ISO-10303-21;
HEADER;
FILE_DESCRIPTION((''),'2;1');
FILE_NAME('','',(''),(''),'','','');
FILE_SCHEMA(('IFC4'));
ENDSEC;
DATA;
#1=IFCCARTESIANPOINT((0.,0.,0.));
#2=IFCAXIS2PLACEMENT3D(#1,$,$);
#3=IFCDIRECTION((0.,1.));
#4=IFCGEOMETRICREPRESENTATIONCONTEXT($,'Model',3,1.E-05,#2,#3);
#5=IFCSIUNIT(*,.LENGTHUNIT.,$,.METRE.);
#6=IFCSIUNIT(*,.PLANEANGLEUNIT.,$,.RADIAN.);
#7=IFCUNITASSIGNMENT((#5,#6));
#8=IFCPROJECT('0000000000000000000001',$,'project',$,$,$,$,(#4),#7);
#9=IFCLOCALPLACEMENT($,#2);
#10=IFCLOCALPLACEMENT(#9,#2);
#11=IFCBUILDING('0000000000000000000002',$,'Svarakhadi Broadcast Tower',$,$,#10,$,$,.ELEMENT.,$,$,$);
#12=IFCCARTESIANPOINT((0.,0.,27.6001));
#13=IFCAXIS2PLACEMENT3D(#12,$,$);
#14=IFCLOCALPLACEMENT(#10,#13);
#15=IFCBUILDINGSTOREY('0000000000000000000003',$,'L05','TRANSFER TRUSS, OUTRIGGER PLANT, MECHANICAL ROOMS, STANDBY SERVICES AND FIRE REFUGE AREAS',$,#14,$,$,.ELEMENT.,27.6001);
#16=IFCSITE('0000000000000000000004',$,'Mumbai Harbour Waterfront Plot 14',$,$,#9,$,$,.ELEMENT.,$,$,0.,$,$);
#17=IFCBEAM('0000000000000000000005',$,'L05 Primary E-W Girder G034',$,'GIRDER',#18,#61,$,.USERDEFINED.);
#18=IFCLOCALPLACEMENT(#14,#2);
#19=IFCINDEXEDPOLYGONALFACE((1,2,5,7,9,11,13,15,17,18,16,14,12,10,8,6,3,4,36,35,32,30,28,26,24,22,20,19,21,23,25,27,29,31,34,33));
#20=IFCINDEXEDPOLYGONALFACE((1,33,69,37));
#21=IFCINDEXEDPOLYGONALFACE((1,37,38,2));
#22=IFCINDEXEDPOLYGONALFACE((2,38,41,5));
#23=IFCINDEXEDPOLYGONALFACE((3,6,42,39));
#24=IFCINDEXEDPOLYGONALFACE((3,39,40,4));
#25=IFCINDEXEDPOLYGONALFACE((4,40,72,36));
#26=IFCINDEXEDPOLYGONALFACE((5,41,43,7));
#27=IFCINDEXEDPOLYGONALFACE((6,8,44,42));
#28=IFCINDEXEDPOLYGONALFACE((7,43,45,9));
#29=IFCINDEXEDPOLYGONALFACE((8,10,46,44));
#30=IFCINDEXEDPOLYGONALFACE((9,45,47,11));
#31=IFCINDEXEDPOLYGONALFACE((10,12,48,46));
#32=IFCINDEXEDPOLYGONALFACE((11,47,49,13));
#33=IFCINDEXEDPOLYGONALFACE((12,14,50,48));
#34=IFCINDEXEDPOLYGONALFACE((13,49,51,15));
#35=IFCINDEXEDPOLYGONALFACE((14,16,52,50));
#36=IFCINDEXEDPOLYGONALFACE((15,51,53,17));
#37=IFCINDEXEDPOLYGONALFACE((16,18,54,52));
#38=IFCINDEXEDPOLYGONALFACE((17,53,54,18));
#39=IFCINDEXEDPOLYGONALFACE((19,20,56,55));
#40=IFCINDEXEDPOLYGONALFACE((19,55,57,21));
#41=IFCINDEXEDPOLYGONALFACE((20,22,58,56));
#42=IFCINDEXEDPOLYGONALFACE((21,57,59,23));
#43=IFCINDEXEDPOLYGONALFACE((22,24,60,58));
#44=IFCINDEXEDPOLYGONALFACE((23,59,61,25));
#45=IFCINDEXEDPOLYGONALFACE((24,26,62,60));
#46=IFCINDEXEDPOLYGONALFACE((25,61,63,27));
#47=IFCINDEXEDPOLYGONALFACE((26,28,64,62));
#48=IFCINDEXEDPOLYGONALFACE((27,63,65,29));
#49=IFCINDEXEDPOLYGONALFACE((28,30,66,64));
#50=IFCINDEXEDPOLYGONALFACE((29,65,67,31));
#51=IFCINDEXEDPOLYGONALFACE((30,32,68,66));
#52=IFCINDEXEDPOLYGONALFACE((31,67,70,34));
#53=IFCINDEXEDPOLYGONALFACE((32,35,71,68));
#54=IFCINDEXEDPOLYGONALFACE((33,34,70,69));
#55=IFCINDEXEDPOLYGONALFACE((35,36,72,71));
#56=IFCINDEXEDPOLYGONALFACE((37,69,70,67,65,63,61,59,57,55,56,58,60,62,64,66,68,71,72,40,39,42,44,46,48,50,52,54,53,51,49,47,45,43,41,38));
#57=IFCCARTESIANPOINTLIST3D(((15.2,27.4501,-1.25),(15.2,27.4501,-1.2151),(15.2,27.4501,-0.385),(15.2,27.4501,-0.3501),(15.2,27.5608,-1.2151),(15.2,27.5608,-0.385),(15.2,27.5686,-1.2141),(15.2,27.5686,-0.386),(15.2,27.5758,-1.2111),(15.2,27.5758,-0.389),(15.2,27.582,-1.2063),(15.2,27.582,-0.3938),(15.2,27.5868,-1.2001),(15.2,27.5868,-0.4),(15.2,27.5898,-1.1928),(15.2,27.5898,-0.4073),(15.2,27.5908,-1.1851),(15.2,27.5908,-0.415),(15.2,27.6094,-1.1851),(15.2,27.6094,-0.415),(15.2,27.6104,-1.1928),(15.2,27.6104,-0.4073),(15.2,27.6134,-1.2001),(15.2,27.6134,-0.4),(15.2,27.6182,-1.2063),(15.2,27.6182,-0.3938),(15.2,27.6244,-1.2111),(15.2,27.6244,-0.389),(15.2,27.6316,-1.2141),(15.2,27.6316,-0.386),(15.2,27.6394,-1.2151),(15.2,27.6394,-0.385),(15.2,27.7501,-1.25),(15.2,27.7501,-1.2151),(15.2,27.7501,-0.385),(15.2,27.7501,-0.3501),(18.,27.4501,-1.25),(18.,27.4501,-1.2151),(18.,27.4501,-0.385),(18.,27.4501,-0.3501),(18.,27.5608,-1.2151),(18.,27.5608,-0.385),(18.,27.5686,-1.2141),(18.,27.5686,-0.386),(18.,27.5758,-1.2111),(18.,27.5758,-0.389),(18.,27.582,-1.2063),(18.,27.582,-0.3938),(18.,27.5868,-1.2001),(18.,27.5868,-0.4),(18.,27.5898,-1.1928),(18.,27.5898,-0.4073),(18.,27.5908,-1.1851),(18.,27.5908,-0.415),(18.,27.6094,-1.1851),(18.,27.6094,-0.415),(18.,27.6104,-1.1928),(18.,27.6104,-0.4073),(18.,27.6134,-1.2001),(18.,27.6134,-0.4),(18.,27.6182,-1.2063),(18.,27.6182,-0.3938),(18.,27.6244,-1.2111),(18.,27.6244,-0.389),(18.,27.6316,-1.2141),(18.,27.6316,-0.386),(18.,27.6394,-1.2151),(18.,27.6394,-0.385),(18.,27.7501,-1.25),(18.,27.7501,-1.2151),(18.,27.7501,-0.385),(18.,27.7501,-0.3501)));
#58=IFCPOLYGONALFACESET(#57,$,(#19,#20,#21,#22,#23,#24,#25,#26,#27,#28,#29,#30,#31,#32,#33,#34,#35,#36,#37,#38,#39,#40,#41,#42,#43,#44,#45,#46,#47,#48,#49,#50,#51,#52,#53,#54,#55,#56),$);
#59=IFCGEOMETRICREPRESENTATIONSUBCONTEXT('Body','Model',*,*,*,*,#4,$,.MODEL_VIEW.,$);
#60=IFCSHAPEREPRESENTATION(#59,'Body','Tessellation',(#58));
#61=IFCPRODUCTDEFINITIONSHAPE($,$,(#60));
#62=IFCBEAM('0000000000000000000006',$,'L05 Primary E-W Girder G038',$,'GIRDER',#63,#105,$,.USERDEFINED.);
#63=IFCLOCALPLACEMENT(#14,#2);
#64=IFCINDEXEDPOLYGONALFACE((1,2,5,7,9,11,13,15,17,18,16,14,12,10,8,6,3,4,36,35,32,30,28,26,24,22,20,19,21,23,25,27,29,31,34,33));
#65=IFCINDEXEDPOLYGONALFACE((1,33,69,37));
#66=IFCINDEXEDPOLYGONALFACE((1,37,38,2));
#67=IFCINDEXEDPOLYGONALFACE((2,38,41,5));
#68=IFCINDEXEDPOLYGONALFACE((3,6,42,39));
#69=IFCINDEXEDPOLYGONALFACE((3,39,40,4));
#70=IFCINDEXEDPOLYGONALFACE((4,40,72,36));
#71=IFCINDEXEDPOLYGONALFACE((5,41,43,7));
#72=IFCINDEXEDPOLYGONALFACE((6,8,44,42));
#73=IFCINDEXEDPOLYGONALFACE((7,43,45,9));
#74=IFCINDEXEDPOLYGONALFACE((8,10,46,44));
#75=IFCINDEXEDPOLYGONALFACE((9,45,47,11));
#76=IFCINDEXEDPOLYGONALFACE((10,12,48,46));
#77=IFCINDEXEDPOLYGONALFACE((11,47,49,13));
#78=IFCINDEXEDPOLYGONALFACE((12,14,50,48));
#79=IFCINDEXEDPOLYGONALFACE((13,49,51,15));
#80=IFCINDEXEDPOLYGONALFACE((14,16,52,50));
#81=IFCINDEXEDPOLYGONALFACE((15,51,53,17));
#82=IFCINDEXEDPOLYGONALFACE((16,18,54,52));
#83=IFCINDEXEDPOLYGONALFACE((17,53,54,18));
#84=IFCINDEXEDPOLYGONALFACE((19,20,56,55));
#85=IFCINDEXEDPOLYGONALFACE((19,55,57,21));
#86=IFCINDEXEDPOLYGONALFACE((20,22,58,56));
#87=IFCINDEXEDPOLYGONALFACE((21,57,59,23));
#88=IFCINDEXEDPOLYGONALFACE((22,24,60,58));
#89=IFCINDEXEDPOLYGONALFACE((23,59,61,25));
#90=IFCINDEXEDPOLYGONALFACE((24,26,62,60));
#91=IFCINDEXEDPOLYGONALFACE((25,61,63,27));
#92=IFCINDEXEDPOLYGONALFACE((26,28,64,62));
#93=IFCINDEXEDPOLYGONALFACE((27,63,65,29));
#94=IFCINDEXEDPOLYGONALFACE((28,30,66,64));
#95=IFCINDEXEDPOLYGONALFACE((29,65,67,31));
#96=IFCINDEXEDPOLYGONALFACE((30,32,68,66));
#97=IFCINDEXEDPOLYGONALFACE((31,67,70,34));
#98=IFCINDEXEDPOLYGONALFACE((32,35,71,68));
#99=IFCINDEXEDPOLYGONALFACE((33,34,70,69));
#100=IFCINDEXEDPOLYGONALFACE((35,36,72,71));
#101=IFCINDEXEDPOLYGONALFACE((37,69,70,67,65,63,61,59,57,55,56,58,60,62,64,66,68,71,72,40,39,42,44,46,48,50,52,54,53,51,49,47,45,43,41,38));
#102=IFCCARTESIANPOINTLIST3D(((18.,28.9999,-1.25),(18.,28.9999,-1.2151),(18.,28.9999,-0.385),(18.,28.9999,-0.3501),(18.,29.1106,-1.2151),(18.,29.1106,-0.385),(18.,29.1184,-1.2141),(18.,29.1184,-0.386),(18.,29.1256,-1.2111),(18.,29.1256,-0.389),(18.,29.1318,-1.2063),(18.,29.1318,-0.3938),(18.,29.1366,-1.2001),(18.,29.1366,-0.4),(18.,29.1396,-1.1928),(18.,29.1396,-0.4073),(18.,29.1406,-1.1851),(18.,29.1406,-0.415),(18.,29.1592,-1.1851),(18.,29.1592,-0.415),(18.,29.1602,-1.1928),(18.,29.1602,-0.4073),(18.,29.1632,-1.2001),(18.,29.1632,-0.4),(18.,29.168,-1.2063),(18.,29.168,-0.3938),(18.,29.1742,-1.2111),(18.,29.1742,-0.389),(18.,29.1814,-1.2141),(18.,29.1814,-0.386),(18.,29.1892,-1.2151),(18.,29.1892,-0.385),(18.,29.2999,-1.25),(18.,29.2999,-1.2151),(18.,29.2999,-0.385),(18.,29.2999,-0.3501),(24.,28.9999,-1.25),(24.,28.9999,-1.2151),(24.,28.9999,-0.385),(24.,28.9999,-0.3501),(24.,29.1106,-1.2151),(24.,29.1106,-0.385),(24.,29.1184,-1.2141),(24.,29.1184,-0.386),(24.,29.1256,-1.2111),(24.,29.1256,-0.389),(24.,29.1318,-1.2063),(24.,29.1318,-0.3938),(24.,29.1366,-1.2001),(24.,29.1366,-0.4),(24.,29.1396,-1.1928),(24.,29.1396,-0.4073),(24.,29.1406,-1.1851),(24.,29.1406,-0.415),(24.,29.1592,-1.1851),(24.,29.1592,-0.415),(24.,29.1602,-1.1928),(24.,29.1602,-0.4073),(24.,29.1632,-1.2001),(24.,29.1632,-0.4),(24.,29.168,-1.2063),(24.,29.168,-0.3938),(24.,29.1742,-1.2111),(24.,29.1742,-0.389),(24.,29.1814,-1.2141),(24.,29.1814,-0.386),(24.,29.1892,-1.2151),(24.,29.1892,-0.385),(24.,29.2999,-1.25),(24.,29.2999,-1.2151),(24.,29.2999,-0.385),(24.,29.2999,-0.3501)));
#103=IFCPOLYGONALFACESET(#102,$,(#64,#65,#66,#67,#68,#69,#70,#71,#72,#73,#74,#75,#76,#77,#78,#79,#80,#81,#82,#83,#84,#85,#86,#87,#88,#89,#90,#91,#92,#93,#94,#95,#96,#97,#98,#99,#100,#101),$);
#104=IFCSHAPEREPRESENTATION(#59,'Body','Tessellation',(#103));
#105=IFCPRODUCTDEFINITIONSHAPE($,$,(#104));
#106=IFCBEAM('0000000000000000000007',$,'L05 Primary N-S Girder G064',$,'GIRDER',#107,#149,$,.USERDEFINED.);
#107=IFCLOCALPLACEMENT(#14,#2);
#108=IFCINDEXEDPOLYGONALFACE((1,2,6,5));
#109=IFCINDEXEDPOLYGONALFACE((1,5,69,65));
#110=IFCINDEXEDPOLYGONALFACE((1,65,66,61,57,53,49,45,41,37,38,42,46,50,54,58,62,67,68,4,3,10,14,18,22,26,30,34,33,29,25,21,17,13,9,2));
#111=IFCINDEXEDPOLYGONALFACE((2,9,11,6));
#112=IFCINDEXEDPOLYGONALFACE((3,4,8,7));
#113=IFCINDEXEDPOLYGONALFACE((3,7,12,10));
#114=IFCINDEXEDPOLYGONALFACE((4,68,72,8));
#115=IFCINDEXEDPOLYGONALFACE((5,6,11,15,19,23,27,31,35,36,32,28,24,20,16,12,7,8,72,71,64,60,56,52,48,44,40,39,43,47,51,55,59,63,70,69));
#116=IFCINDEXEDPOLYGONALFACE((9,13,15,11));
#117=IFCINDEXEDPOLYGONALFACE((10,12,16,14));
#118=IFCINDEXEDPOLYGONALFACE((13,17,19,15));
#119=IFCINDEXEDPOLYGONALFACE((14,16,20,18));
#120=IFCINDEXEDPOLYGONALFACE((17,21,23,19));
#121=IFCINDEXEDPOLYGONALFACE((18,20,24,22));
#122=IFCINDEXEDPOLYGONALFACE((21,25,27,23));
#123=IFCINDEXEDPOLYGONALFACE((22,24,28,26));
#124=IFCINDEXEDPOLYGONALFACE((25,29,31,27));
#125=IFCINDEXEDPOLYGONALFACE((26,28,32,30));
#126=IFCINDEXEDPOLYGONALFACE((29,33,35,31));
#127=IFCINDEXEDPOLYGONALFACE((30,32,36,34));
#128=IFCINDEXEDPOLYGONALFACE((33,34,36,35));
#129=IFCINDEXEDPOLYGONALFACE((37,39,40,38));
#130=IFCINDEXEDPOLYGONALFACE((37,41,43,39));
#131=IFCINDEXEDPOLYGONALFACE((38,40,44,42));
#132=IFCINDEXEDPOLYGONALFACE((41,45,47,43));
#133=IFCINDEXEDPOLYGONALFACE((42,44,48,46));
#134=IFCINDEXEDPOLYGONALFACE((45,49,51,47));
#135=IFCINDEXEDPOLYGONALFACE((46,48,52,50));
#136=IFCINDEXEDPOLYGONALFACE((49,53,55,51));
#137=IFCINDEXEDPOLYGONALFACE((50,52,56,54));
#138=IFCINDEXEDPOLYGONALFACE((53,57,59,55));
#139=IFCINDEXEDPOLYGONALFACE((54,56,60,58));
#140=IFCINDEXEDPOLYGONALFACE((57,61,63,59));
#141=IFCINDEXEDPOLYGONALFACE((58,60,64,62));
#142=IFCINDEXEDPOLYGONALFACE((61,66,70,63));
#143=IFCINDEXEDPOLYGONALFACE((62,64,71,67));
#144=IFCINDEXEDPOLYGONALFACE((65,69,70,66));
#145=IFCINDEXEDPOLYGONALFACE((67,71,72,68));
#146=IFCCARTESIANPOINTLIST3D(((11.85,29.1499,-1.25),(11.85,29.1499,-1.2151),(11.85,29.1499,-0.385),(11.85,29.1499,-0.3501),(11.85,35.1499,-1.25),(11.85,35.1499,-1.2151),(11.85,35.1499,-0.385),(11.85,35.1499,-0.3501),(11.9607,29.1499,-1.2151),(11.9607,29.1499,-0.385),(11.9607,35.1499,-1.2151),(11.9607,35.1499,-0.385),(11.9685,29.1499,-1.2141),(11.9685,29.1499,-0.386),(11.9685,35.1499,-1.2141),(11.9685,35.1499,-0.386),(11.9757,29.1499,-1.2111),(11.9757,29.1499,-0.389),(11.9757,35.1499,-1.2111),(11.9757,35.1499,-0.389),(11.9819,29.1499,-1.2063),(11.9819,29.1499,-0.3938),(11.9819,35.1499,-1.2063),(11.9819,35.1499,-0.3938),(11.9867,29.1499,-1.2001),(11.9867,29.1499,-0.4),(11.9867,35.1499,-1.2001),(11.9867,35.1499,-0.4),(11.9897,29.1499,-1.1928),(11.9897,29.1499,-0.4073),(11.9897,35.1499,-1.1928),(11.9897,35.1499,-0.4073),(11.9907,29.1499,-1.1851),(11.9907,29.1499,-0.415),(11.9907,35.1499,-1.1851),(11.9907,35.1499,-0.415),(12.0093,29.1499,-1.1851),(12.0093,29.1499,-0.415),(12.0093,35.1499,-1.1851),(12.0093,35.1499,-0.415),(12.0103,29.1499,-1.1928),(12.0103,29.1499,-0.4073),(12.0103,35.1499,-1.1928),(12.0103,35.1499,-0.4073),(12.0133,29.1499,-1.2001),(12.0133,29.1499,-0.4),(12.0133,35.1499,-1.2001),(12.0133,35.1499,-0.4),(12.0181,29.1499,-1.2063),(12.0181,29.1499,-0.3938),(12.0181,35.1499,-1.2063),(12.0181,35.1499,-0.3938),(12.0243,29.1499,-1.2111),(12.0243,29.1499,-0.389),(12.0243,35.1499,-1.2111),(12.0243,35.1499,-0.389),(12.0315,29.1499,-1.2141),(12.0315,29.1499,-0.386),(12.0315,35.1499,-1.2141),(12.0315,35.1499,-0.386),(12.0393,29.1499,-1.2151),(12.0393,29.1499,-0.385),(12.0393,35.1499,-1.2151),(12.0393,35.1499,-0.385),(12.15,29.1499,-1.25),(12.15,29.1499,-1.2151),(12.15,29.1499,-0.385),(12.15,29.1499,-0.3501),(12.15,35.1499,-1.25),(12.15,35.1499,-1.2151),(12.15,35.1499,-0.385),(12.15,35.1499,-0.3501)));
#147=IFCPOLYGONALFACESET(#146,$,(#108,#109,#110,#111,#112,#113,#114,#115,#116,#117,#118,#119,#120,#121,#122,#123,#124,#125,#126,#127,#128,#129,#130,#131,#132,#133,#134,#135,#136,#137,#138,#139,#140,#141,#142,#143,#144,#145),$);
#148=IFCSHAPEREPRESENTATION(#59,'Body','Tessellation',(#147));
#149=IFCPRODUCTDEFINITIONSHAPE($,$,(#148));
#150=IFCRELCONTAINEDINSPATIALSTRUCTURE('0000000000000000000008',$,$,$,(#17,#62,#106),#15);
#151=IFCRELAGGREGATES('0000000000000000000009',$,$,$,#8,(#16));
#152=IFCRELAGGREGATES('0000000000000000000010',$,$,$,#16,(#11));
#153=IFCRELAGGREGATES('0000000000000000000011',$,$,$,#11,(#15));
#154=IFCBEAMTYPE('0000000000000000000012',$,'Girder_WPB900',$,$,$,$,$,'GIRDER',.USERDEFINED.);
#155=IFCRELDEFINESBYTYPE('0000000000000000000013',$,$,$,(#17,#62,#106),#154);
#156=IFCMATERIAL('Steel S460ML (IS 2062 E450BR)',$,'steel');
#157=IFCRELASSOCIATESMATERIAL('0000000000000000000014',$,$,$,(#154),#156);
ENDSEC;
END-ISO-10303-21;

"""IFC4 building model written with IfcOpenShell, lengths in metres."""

from ifc_helpers import new_model, si_unit, direction, frame, origin, origin_2d, place, context, subcontext, project, spatial, i_section, extrude, material, material_profile, profile_set, type_object, element, save


model = new_model("IFC4")

# Units and contexts
model_context = context("Model", 3, precision=1e-05, world=origin(), true_north=direction((0.0, 1.0)))
body_context = subcontext(model_context, "Body", "Model", "MODEL_VIEW")
ifc_project = project(units=[si_unit("LENGTHUNIT", "METRE"), si_unit("PLANEANGLEUNIT", "RADIAN")], contexts=[model_context])

# Site, building, storey
site_placement = place(None, origin())
site = spatial("IfcSite", under=ifc_project, at=site_placement, Name="Mumbai Harbour Waterfront Plot 14", CompositionType="ELEMENT", RefElevation=0.0)
building_placement = place(site_placement, origin())
building = spatial("IfcBuilding", under=site, at=building_placement, Name="Svarakhadi Broadcast Tower", CompositionType="ELEMENT")
storey_placement = place(building_placement, frame((0.0, 0.0, 27.6001)))
storey = spatial("IfcBuildingStorey", under=building, at=storey_placement, Name="L05", Description="TRANSFER TRUSS, OUTRIGGER PLANT, MECHANICAL ROOMS, STANDBY SERVICES AND FIRE REFUGE AREAS", CompositionType="ELEMENT", Elevation=27.6001)

# Shared definitions
ifc_material_1 = material(Name="Steel S460ML (IS 2062 E450BR)", Category="steel")

# Beams
ifc_material_profile_1 = material_profile(ifc_material_1, i_section(OverallWidth=0.3, OverallDepth=0.8999, WebThickness=0.0186, FlangeThickness=0.0349, FilletRadius=0.03, at=origin_2d()), Name="WPB 900x300x291")
ifc_profile_set_1 = profile_set([ifc_material_profile_1], Name="Steel S460ML (IS 2062 E450BR)")
beam_type_1 = type_object("IfcBeamType", Name="Girder_WPB900", ElementType="GIRDER", PredefinedType="USERDEFINED", material=ifc_profile_set_1)
beam_1_placement = place(storey_placement, frame((15.2, 27.6001, -0.8), z_axis=(1.0, 0.0, 0.0), x_axis=(0.0, 1.0, 0.0)))
element("IfcBeam", 1, at=beam_1_placement, inside=storey, type_object=beam_type_1, Name="L05 Primary E-W Girder G034", ObjectType="GIRDER", PredefinedType="USERDEFINED", context=body_context, shape_type="SweptSolid", body=[
    extrude(i_section(OverallWidth=0.3, OverallDepth=0.8999, WebThickness=0.0186, FlangeThickness=0.0349, FilletRadius=0.03, at=origin_2d()), origin(), (0.0, 0.0, 1.0), 2.8),
])
for number, where, z_axis, x_axis, name in (
    (2, (18.0, 29.1499, -0.8), (1.0, 0.0, 0.0), (0.0, 1.0, 0.0), "L05 Primary E-W Girder G038"),
    (3, (12.0, 29.1499, -0.8), (0.0, 1.0, 0.0), (-1.0, 0.0, 0.0), "L05 Primary N-S Girder G064"),
):
    element("IfcBeam", number, at=place(storey_placement, frame(where, z_axis=z_axis, x_axis=x_axis)), inside=storey, type_object=beam_type_1, Name=name, ObjectType="GIRDER", PredefinedType="USERDEFINED", context=body_context, shape_type="SweptSolid", body=[
        extrude(i_section(OverallWidth=0.3, OverallDepth=0.8999, WebThickness=0.0186, FlangeThickness=0.0349, FilletRadius=0.03, at=origin_2d()), origin(), (0.0, 0.0, 1.0), 6.0),
    ])

save(model, "model.ifc")
